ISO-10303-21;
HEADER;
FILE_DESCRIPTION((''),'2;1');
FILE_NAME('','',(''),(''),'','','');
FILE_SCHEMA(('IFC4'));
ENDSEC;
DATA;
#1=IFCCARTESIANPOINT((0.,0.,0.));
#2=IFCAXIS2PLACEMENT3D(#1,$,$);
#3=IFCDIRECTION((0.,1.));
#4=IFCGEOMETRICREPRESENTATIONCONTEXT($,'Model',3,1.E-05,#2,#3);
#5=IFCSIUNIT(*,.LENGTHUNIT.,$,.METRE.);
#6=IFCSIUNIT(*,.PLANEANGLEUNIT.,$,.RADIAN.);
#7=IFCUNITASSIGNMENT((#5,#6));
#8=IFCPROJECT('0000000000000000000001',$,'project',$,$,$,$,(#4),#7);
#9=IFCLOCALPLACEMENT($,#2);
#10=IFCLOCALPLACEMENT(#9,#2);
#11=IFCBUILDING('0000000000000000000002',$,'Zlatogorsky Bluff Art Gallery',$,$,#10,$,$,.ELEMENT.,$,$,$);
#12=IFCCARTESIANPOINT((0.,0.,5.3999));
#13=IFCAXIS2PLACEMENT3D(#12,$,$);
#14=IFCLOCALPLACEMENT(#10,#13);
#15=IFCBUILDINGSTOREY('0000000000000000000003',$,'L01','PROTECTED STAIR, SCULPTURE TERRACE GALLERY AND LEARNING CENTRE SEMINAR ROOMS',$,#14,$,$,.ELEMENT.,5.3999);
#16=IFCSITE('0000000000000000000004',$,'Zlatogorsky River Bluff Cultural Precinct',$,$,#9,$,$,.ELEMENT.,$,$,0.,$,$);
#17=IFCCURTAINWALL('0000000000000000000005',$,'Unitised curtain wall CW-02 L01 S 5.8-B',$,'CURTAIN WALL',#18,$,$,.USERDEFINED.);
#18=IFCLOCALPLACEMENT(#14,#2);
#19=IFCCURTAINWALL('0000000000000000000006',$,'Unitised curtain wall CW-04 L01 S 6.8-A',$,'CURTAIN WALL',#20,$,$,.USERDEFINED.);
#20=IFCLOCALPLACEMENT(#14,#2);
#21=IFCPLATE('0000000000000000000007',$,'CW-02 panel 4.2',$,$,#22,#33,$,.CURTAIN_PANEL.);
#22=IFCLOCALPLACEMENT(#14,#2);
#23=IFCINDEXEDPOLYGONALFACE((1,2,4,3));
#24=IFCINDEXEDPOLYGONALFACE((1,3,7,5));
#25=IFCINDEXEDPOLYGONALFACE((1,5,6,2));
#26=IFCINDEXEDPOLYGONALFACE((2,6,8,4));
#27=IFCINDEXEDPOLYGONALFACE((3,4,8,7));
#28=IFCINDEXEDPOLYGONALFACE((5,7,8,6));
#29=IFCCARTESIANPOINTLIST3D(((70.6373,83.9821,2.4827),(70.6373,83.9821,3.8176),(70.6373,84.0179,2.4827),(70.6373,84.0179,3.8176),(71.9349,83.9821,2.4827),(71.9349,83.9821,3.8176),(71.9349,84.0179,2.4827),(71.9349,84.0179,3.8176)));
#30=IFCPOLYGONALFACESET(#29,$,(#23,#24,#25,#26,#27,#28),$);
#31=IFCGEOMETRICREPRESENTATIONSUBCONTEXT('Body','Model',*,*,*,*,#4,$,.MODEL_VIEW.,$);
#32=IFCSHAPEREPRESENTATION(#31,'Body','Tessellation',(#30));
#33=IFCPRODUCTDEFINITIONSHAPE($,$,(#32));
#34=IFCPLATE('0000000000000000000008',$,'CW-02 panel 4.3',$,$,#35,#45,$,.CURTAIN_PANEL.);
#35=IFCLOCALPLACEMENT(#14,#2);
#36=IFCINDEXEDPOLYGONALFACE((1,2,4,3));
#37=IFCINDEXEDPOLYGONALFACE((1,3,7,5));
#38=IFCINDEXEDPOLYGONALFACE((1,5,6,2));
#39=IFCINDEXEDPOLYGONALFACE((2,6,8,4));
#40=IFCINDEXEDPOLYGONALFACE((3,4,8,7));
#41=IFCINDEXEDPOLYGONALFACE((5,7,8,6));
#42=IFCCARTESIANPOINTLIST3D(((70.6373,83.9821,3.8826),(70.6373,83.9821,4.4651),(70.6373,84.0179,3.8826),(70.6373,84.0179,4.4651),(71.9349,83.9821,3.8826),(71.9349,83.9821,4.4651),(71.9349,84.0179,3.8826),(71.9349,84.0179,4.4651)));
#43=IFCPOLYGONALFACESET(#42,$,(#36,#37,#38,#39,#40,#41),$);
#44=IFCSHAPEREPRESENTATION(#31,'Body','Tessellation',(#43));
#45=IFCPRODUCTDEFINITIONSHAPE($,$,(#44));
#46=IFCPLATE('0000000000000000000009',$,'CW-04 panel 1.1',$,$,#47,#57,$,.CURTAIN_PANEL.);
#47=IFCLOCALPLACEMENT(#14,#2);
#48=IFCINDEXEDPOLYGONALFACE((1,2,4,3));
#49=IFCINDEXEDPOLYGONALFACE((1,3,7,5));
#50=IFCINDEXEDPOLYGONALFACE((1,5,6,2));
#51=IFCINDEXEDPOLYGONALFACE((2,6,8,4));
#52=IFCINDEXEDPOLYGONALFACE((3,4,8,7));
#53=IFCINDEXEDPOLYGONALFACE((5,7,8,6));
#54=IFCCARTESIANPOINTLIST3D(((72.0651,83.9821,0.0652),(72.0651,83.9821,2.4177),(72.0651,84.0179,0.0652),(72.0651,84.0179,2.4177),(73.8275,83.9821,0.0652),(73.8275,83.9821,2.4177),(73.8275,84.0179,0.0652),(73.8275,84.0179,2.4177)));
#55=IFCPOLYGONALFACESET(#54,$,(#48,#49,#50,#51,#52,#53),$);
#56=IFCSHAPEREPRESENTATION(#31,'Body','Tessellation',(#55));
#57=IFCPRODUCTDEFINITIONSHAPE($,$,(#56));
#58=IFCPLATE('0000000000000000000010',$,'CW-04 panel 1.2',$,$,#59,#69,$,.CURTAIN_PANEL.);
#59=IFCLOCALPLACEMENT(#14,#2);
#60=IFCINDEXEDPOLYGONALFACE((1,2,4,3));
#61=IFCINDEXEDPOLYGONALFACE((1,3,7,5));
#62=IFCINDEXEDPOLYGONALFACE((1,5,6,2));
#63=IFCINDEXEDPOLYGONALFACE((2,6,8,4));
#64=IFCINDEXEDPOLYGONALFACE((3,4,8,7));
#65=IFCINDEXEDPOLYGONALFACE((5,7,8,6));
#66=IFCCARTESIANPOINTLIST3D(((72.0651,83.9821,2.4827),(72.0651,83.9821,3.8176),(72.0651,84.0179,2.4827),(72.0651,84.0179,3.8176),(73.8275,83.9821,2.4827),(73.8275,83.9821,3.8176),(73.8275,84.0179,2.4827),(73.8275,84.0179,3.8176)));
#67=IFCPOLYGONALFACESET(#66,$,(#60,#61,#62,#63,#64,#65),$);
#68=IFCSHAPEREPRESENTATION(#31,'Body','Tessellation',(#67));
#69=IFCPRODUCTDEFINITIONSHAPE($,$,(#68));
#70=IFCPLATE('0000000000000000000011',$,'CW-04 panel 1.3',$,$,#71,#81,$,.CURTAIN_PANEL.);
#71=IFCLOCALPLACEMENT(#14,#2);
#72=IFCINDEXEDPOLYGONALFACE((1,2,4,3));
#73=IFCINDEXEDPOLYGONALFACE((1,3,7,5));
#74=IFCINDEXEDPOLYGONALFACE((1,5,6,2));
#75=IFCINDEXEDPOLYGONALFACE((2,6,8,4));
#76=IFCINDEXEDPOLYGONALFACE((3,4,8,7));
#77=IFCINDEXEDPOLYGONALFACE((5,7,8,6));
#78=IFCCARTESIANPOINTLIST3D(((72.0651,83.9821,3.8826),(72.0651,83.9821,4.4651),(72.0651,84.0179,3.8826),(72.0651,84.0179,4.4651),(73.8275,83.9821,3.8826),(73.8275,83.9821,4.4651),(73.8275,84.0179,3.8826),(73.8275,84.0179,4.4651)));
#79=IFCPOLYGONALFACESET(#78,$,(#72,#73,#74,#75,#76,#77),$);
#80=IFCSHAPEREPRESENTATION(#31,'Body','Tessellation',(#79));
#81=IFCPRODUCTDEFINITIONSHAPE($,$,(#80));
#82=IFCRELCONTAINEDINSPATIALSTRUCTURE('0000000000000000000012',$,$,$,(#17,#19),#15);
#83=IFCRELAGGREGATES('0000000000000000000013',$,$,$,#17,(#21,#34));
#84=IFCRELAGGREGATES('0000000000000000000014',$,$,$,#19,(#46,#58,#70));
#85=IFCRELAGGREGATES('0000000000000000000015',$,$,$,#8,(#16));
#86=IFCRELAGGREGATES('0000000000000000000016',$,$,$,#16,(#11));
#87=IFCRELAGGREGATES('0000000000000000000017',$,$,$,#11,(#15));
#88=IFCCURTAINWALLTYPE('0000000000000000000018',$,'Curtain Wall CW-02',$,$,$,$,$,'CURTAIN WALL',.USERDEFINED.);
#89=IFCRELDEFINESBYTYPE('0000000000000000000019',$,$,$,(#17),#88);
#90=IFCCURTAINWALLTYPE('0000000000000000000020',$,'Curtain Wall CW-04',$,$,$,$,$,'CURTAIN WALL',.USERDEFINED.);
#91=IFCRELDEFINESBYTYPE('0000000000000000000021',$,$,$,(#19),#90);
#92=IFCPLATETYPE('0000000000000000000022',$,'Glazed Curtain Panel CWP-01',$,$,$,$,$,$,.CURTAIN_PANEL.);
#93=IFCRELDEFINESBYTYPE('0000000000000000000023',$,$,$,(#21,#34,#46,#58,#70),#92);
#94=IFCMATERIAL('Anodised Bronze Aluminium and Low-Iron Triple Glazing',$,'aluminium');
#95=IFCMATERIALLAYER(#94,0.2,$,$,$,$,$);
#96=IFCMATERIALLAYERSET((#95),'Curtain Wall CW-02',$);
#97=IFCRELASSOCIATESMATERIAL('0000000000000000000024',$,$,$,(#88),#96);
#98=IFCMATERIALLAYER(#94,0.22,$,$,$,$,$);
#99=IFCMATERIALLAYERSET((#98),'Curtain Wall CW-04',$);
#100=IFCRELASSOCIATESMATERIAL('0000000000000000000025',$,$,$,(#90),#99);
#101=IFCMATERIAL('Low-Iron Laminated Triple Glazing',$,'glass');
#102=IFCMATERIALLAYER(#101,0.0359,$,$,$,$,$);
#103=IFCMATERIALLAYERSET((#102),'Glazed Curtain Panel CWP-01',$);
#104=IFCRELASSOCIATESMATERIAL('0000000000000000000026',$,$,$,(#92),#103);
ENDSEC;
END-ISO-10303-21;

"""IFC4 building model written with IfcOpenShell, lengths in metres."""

from ifc_helpers import new_model, si_unit, direction, frame, origin, origin_2d, place, context, subcontext, project, spatial, rectangle, extrude, material, layer, layer_set, type_object, element, aggregate, save


model = new_model("IFC4")

# Units and contexts
model_context = context("Model", 3, precision=1e-05, world=origin(), true_north=direction((0.0, 1.0)))
body_context = subcontext(model_context, "Body", "Model", "MODEL_VIEW")
ifc_project = project(units=[si_unit("LENGTHUNIT", "METRE"), si_unit("PLANEANGLEUNIT", "RADIAN")], contexts=[model_context])

# Site, building, storey
site_placement = place(None, origin())
site = spatial("IfcSite", under=ifc_project, at=site_placement, Name="Zlatogorsky River Bluff Cultural Precinct", CompositionType="ELEMENT", RefElevation=0.0)
building_placement = place(site_placement, origin())
building = spatial("IfcBuilding", under=site, at=building_placement, Name="Zlatogorsky Bluff Art Gallery", CompositionType="ELEMENT")
storey_placement = place(building_placement, frame((0.0, 0.0, 5.3999)))
storey = spatial("IfcBuildingStorey", under=building, at=storey_placement, Name="L01", Description="PROTECTED STAIR, SCULPTURE TERRACE GALLERY AND LEARNING CENTRE SEMINAR ROOMS", CompositionType="ELEMENT", Elevation=5.3999)

# Curtain walls
ifc_material_1 = material(Name="Anodised Bronze Aluminium and Low-Iron Triple Glazing", Category="aluminium")
ifc_layer_1 = layer(ifc_material_1, 0.2)
ifc_layer_set_1 = layer_set([ifc_layer_1], Name="Curtain Wall CW-02")
curtain_wall_type_1 = type_object("IfcCurtainWallType", Name="Curtain Wall CW-02", ElementType="CURTAIN WALL", PredefinedType="USERDEFINED", material=ifc_layer_set_1)
curtain_wall_1_placement = place(storey_placement, origin())
curtain_wall_1 = element("IfcCurtainWall", 1, at=curtain_wall_1_placement, inside=storey, type_object=curtain_wall_type_1, Name="Unitised curtain wall CW-02 L01 S 5.8-B", ObjectType="CURTAIN WALL", PredefinedType="USERDEFINED")
ifc_layer_2 = layer(ifc_material_1, 0.22)
ifc_layer_set_2 = layer_set([ifc_layer_2], Name="Curtain Wall CW-04")
curtain_wall_type_2 = type_object("IfcCurtainWallType", Name="Curtain Wall CW-04", ElementType="CURTAIN WALL", PredefinedType="USERDEFINED", material=ifc_layer_set_2)
curtain_wall_2_placement = place(storey_placement, origin())
curtain_wall_2 = element("IfcCurtainWall", 2, at=curtain_wall_2_placement, inside=storey, type_object=curtain_wall_type_2, Name="Unitised curtain wall CW-04 L01 S 6.8-A", ObjectType="CURTAIN WALL", PredefinedType="USERDEFINED")

# Plates
ifc_material_2 = material(Name="Low-Iron Laminated Triple Glazing", Category="glass")
ifc_layer_3 = layer(ifc_material_2, 0.0359)
ifc_layer_set_3 = layer_set([ifc_layer_3], Name="Glazed Curtain Panel CWP-01")
plate_type = type_object("IfcPlateType", Name="Glazed Curtain Panel CWP-01", PredefinedType="CURTAIN_PANEL", material=ifc_layer_set_3)
plate_1_placement = place(storey_placement, frame((71.2861, 84.0, 2.4827), z_axis=(0.0, 0.0, 1.0), x_axis=(1.0, 0.0, 0.0)))
plate_1 = element("IfcPlate", 3, at=plate_1_placement, type_object=plate_type, Name="CW-02 panel 4.2", PredefinedType="CURTAIN_PANEL", context=body_context, shape_type="SweptSolid", body=[
    extrude(rectangle(XDim=1.2976, YDim=0.0359, at=origin_2d()), origin(), (0.0, 0.0, 1.0), 1.335),
])
plate_2_placement = place(storey_placement, frame((71.2861, 84.0, 3.8826), z_axis=(0.0, 0.0, 1.0), x_axis=(1.0, 0.0, 0.0)))
plate_2 = element("IfcPlate", 4, at=plate_2_placement, type_object=plate_type, Name="CW-02 panel 4.3", PredefinedType="CURTAIN_PANEL", context=body_context, shape_type="SweptSolid", body=[
    extrude(rectangle(XDim=1.2976, YDim=0.0359, at=origin_2d()), origin(), (0.0, 0.0, 1.0), 0.5825),
])
aggregate(curtain_wall_1, [plate_1, plate_2])
plate_3_placement = place(storey_placement, frame((72.9463, 84.0, 0.0652), z_axis=(0.0, 0.0, 1.0), x_axis=(1.0, 0.0, 0.0)))
plate_3 = element("IfcPlate", 5, at=plate_3_placement, type_object=plate_type, Name="CW-04 panel 1.1", PredefinedType="CURTAIN_PANEL", context=body_context, shape_type="SweptSolid", body=[
    extrude(rectangle(XDim=1.7625, YDim=0.0359, at=origin_2d()), origin(), (0.0, 0.0, 1.0), 2.3525),
])
plate_4_placement = place(storey_placement, frame((72.9463, 84.0, 2.4827), z_axis=(0.0, 0.0, 1.0), x_axis=(1.0, 0.0, 0.0)))
plate_4 = element("IfcPlate", 6, at=plate_4_placement, type_object=plate_type, Name="CW-04 panel 1.2", PredefinedType="CURTAIN_PANEL", context=body_context, shape_type="SweptSolid", body=[
    extrude(rectangle(XDim=1.7625, YDim=0.0359, at=origin_2d()), origin(), (0.0, 0.0, 1.0), 1.335),
])
plate_5_placement = place(storey_placement, frame((72.9463, 84.0, 3.8826), z_axis=(0.0, 0.0, 1.0), x_axis=(1.0, 0.0, 0.0)))
plate_5 = element("IfcPlate", 7, at=plate_5_placement, type_object=plate_type, Name="CW-04 panel 1.3", PredefinedType="CURTAIN_PANEL", context=body_context, shape_type="SweptSolid", body=[
    extrude(rectangle(XDim=1.7625, YDim=0.0359, at=origin_2d()), origin(), (0.0, 0.0, 1.0), 0.5825),
])
aggregate(curtain_wall_2, [plate_3, plate_4, plate_5])

save(model, "model.ifc")
